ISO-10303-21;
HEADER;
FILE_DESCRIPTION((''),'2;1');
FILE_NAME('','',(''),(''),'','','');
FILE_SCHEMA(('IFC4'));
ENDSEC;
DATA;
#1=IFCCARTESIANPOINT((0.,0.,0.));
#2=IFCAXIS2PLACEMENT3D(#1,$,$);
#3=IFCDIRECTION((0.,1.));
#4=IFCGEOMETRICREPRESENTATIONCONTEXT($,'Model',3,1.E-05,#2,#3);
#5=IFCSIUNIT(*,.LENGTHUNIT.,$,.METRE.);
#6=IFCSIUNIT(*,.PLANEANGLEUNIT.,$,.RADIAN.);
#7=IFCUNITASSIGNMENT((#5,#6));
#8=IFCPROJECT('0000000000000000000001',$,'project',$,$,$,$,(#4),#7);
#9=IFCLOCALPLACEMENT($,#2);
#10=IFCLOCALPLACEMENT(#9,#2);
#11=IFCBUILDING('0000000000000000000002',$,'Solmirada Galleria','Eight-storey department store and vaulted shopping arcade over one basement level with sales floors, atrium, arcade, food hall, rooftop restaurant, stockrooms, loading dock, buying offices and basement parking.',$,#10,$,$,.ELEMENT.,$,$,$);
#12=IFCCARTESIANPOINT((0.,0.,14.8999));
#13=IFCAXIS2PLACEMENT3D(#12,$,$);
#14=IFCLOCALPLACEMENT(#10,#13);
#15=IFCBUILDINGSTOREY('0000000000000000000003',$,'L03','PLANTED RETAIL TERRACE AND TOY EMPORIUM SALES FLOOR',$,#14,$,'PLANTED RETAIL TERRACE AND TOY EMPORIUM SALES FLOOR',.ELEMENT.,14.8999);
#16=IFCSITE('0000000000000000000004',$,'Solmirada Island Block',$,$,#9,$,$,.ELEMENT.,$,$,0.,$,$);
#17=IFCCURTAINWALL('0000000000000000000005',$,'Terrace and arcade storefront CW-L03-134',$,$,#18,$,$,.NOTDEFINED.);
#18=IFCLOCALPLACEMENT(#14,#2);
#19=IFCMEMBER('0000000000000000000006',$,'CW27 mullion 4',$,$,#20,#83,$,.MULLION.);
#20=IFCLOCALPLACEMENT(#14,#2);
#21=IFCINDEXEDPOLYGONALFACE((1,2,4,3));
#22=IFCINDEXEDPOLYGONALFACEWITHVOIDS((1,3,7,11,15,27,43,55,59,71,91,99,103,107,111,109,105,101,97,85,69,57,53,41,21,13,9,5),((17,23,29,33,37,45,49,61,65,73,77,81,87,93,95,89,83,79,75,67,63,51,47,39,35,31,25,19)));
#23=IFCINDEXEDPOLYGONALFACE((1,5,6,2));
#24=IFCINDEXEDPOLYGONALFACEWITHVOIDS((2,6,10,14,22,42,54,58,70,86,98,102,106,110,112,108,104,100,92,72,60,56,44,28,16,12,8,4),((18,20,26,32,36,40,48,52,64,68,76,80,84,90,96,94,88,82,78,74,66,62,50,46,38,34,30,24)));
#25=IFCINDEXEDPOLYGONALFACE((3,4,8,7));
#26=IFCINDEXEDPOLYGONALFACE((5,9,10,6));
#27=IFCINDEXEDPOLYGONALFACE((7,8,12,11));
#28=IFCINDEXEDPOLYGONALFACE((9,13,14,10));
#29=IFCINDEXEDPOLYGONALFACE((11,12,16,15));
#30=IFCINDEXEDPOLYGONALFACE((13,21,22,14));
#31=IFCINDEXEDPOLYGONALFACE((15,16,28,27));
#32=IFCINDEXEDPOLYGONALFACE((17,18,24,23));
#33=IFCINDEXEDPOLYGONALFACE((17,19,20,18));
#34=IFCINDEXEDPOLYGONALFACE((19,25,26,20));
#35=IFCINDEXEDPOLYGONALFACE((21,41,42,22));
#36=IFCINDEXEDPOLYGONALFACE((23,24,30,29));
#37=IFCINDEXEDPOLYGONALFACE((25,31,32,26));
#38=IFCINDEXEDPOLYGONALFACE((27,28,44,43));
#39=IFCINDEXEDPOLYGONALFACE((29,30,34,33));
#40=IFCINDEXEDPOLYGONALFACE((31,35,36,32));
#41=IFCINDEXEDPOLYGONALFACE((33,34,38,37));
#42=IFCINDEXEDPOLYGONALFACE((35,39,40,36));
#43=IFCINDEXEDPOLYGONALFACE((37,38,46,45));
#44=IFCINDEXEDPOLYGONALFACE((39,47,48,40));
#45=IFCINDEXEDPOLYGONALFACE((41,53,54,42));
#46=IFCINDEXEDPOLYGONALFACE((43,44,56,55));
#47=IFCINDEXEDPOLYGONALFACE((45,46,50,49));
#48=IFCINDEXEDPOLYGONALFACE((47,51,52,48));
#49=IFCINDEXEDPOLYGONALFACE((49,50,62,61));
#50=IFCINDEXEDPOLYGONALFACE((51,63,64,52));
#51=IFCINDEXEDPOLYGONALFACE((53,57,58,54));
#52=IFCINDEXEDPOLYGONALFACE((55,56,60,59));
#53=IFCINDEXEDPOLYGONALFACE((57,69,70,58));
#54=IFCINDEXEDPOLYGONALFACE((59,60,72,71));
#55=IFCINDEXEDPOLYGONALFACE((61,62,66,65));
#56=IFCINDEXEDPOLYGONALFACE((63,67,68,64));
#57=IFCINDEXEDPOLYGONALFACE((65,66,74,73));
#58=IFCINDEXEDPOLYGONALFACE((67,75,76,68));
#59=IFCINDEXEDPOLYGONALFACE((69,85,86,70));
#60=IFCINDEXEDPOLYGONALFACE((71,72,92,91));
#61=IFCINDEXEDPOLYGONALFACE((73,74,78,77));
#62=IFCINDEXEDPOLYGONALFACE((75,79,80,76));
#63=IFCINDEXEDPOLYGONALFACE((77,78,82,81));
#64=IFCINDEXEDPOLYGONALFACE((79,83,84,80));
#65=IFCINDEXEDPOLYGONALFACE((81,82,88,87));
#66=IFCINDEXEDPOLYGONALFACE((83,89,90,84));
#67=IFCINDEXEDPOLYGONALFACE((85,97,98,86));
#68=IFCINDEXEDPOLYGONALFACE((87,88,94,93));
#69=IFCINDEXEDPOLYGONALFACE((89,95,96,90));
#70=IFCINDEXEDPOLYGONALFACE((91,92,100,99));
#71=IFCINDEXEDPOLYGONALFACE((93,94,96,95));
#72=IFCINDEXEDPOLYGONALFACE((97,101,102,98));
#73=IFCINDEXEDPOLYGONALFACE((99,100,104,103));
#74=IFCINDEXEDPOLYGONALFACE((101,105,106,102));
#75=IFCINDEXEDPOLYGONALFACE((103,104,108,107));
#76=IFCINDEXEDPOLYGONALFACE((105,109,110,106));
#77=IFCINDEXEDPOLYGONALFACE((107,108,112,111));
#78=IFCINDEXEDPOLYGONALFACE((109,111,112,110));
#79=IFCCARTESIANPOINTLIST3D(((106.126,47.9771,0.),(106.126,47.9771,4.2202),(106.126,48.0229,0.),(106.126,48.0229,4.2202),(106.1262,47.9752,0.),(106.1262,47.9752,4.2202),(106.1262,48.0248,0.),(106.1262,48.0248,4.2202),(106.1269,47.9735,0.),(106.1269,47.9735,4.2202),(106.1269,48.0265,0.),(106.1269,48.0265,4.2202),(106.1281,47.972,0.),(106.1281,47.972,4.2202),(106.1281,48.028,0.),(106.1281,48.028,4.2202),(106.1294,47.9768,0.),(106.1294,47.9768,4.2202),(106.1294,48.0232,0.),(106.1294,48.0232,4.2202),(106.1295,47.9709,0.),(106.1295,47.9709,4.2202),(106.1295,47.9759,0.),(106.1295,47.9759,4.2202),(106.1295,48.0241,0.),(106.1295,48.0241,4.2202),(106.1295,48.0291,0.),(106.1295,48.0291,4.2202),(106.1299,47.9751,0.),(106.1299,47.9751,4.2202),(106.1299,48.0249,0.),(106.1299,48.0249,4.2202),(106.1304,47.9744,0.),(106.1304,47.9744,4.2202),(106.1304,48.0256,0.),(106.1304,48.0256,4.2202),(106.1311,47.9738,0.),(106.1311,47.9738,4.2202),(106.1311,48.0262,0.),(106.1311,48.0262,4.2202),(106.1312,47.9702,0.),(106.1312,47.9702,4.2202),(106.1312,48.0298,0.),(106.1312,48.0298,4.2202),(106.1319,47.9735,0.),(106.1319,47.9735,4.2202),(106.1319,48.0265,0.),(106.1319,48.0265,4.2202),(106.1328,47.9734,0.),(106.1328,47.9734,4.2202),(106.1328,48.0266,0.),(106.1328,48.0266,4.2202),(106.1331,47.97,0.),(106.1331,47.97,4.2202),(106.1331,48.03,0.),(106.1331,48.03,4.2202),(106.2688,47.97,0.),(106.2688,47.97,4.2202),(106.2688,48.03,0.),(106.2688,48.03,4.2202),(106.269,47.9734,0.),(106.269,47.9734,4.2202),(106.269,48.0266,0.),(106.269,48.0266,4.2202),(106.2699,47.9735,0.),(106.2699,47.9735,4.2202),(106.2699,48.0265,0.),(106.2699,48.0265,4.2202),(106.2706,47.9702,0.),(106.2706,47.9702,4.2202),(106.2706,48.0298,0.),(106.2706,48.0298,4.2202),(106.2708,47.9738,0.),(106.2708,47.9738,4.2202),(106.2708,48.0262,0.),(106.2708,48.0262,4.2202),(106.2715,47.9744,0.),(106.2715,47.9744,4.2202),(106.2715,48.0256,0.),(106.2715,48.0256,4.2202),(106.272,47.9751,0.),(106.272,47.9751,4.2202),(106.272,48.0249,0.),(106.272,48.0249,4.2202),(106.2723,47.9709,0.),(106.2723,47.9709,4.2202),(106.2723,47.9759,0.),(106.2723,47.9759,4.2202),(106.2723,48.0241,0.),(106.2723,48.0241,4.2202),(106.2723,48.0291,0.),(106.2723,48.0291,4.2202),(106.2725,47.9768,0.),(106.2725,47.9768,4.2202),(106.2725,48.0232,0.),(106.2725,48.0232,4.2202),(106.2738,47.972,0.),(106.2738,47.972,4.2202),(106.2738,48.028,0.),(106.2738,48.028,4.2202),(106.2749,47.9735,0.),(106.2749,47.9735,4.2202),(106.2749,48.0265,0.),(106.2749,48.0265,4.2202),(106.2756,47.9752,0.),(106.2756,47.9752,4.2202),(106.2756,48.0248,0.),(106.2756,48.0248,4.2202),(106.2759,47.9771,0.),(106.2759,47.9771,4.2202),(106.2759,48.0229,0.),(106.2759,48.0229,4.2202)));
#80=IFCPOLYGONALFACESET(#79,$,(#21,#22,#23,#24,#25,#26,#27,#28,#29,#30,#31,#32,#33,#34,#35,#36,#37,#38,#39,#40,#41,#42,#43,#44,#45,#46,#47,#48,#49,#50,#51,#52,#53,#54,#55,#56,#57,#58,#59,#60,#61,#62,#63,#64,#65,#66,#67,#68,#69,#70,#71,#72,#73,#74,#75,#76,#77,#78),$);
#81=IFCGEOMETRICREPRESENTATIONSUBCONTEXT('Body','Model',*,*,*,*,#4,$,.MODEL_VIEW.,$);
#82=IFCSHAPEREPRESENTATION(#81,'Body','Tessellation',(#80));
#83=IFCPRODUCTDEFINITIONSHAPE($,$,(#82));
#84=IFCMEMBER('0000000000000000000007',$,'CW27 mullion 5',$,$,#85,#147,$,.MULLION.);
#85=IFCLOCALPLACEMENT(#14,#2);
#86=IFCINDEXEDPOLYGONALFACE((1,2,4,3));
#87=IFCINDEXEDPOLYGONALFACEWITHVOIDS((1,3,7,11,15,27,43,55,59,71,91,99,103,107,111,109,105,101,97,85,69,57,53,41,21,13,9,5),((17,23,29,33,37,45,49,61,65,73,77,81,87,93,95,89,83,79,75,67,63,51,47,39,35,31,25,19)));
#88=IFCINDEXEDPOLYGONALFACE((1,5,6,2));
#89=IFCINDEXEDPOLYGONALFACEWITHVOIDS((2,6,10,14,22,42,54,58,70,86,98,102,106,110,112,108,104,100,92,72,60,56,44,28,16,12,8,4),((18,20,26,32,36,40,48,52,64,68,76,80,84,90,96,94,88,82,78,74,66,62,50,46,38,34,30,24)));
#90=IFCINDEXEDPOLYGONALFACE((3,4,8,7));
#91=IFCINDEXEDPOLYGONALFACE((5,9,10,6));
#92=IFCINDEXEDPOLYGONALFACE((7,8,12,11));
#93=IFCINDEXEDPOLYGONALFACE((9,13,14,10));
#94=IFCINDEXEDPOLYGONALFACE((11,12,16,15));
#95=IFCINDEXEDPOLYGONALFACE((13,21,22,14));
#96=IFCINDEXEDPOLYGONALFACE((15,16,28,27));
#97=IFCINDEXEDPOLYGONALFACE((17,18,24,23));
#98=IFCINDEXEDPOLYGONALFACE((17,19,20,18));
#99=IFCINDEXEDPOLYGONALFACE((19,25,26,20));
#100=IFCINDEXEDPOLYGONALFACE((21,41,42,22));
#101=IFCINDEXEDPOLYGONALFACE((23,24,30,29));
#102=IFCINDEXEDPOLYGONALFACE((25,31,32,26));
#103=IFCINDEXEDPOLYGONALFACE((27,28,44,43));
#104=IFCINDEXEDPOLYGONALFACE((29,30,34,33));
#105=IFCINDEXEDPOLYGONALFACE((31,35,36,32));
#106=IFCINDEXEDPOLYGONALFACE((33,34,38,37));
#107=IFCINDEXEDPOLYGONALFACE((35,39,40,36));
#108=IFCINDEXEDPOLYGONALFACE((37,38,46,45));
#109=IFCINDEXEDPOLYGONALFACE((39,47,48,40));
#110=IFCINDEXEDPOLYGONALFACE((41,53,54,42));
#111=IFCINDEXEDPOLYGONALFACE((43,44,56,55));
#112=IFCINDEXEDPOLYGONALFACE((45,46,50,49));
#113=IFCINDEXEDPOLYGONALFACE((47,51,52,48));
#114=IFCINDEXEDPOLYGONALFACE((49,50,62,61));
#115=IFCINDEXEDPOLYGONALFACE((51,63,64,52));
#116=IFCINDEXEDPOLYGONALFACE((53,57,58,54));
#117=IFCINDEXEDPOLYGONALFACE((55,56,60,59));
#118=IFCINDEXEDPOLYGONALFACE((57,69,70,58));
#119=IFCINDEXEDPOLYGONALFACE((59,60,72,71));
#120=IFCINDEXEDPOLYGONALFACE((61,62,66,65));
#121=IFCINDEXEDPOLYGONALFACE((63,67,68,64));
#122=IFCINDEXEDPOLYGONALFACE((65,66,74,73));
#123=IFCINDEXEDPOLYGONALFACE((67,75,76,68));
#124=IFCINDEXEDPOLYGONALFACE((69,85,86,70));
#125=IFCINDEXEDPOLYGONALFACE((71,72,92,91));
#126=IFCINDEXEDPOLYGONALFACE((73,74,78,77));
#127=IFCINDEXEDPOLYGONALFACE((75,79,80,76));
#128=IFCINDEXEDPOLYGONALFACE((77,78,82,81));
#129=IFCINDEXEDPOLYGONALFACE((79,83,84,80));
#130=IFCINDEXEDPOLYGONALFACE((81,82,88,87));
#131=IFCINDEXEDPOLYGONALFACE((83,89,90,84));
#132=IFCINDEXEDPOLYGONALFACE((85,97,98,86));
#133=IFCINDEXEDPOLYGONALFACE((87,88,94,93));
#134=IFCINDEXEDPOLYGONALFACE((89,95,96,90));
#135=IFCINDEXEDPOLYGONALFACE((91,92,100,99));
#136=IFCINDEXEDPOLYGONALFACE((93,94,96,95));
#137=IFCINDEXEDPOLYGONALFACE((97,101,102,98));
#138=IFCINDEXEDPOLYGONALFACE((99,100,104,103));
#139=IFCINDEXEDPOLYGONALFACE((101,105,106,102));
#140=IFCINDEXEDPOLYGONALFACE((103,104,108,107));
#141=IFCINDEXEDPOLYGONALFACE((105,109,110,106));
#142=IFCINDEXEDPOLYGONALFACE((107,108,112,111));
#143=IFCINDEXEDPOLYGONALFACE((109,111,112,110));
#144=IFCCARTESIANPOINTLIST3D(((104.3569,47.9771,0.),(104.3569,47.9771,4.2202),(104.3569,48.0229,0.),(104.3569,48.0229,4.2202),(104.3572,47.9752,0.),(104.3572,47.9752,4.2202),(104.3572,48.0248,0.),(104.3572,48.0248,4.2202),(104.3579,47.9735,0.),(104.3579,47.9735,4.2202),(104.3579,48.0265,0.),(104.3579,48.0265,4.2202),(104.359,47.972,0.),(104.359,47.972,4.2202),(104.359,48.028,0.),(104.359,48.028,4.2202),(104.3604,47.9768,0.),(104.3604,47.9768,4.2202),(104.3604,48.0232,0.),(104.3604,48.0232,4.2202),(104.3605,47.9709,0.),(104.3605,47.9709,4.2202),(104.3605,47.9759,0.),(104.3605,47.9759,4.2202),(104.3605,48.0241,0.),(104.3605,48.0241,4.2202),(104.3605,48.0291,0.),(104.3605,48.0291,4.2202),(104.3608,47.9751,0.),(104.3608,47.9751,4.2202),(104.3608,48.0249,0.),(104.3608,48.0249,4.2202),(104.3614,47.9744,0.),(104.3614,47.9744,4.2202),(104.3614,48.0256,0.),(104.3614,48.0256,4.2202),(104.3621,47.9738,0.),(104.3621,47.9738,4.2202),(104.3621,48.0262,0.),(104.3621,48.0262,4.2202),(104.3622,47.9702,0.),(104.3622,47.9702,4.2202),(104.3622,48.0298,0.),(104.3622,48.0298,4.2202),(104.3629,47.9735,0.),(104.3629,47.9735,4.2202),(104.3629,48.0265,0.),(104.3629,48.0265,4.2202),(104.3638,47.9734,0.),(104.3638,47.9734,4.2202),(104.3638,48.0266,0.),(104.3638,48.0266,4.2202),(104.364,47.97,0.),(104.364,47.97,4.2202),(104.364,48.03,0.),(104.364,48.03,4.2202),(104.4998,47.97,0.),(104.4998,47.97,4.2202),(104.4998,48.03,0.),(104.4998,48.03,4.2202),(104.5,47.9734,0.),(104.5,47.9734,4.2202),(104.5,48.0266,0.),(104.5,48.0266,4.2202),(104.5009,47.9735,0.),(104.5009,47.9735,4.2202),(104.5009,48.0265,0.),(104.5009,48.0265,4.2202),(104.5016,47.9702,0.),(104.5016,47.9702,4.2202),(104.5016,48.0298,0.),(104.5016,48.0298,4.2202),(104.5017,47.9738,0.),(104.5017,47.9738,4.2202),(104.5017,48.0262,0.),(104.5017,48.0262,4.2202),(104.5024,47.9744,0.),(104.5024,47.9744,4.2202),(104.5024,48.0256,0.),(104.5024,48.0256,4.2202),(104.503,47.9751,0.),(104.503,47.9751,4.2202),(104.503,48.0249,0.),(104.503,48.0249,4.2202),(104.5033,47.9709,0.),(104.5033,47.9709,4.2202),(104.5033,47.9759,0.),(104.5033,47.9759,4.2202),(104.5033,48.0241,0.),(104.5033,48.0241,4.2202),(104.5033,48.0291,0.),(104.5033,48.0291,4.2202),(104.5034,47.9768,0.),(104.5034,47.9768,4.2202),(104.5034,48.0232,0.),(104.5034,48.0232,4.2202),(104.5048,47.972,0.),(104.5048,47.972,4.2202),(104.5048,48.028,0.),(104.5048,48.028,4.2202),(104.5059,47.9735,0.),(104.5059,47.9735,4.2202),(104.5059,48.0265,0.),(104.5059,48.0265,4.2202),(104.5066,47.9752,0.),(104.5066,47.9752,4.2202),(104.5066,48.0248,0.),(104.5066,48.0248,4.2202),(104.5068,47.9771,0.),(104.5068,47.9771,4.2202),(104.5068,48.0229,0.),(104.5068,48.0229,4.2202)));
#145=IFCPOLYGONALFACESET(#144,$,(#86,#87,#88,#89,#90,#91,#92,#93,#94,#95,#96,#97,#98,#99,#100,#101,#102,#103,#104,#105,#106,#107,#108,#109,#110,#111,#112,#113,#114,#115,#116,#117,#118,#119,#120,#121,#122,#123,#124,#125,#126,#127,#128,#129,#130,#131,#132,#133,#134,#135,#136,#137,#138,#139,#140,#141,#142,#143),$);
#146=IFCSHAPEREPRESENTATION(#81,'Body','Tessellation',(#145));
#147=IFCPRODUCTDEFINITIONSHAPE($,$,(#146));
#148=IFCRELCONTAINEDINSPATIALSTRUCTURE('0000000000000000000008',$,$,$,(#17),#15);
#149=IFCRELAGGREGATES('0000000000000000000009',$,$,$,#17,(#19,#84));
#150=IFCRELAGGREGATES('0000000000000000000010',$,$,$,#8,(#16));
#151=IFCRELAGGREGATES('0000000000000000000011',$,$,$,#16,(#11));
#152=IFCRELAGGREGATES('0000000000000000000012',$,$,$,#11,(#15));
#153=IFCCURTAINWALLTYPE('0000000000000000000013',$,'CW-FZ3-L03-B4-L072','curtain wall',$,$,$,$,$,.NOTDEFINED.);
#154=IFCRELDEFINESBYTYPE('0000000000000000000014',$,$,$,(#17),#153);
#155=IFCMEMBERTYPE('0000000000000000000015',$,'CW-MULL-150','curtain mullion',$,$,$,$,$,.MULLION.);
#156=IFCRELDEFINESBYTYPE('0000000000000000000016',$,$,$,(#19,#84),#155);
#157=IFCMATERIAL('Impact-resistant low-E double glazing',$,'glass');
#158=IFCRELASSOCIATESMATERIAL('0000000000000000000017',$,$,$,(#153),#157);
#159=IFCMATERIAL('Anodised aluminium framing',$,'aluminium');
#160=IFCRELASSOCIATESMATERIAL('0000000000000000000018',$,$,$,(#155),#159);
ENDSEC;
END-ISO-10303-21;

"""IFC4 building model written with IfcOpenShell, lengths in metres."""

from ifc_helpers import new_model, si_unit, direction, frame, origin, origin_2d, place, context, subcontext, project, spatial, hollow_rectangle, extrude, material, material_profile, profile_set, type_object, element, aggregate, save


model = new_model("IFC4")

# Units and contexts
model_context = context("Model", 3, precision=1e-05, world=origin(), true_north=direction((0.0, 1.0)))
body_context = subcontext(model_context, "Body", "Model", "MODEL_VIEW")
ifc_project = project(units=[si_unit("LENGTHUNIT", "METRE"), si_unit("PLANEANGLEUNIT", "RADIAN")], contexts=[model_context])

# Site, building, storey
site_placement = place(None, origin())
site = spatial("IfcSite", under=ifc_project, at=site_placement, Name="Solmirada Island Block", CompositionType="ELEMENT", RefElevation=0.0)
building_placement = place(site_placement, origin())
building = spatial("IfcBuilding", under=site, at=building_placement, Name="Solmirada Galleria", Description="Eight-storey department store and vaulted shopping arcade over one basement level with sales floors, atrium, arcade, food hall, rooftop restaurant, stockrooms, loading dock, buying offices and basement parking.", CompositionType="ELEMENT")
storey_placement = place(building_placement, frame((0.0, 0.0, 14.8999)))
storey = spatial("IfcBuildingStorey", under=building, at=storey_placement, Name="L03", Description="PLANTED RETAIL TERRACE AND TOY EMPORIUM SALES FLOOR", LongName="PLANTED RETAIL TERRACE AND TOY EMPORIUM SALES FLOOR", CompositionType="ELEMENT", Elevation=14.8999)

# Curtain wall, members
ifc_material_1 = material(Name="Impact-resistant low-E double glazing", Category="glass")
curtain_wall_type_1 = type_object("IfcCurtainWallType", Name="CW-FZ3-L03-B4-L072", Description="curtain wall", PredefinedType="NOTDEFINED", material=ifc_material_1)
curtain_wall_1_placement = place(storey_placement, origin())
curtain_wall_1 = element("IfcCurtainWall", 1, at=curtain_wall_1_placement, inside=storey, type_object=curtain_wall_type_1, Name="Terrace and arcade storefront CW-L03-134", PredefinedType="NOTDEFINED")
ifc_material_2 = material(Name="Anodised aluminium framing", Category="aluminium")
ifc_material_profile_1 = material_profile(ifc_material_2, hollow_rectangle(XDim=0.0601, YDim=0.1499, WallThickness=0.0034, InnerFilletRadius=0.0034, OuterFilletRadius=0.0071, at=origin_2d()), Name="ALU-MULL-150X60")
ifc_profile_set_1 = profile_set([ifc_material_profile_1], Name="Anodised aluminium framing")
member_type_1 = type_object("IfcMemberType", Name="CW-MULL-150", Description="curtain mullion", PredefinedType="MULLION", material=ifc_profile_set_1)
member_1_placement = place(storey_placement, frame((106.2009, 48.0, 0.0), z_axis=(0.0, 0.0, 1.0), x_axis=(0.0, -1.0, 0.0)))
member_1 = element("IfcMember", 2, at=member_1_placement, type_object=member_type_1, Name="CW27 mullion 4", PredefinedType="MULLION", context=body_context, shape_type="SweptSolid", body=[
    extrude(hollow_rectangle(XDim=0.0601, YDim=0.1499, WallThickness=0.0034, InnerFilletRadius=0.0034, OuterFilletRadius=0.0071, at=origin_2d()), origin(), (0.0, 0.0, 1.0), 4.2202),
])
member_2_placement = place(storey_placement, frame((104.4319, 48.0, 0.0), z_axis=(0.0, 0.0, 1.0), x_axis=(0.0, -1.0, 0.0)))
member_2 = element("IfcMember", 3, at=member_2_placement, type_object=member_type_1, Name="CW27 mullion 5", PredefinedType="MULLION", context=body_context, shape_type="SweptSolid", body=[
    extrude(hollow_rectangle(XDim=0.0601, YDim=0.1499, WallThickness=0.0034, InnerFilletRadius=0.0034, OuterFilletRadius=0.0071, at=origin_2d()), origin(), (0.0, 0.0, 1.0), 4.2202),
])

aggregate(curtain_wall_1, [member_1, member_2])

save(model, "model.ifc")
